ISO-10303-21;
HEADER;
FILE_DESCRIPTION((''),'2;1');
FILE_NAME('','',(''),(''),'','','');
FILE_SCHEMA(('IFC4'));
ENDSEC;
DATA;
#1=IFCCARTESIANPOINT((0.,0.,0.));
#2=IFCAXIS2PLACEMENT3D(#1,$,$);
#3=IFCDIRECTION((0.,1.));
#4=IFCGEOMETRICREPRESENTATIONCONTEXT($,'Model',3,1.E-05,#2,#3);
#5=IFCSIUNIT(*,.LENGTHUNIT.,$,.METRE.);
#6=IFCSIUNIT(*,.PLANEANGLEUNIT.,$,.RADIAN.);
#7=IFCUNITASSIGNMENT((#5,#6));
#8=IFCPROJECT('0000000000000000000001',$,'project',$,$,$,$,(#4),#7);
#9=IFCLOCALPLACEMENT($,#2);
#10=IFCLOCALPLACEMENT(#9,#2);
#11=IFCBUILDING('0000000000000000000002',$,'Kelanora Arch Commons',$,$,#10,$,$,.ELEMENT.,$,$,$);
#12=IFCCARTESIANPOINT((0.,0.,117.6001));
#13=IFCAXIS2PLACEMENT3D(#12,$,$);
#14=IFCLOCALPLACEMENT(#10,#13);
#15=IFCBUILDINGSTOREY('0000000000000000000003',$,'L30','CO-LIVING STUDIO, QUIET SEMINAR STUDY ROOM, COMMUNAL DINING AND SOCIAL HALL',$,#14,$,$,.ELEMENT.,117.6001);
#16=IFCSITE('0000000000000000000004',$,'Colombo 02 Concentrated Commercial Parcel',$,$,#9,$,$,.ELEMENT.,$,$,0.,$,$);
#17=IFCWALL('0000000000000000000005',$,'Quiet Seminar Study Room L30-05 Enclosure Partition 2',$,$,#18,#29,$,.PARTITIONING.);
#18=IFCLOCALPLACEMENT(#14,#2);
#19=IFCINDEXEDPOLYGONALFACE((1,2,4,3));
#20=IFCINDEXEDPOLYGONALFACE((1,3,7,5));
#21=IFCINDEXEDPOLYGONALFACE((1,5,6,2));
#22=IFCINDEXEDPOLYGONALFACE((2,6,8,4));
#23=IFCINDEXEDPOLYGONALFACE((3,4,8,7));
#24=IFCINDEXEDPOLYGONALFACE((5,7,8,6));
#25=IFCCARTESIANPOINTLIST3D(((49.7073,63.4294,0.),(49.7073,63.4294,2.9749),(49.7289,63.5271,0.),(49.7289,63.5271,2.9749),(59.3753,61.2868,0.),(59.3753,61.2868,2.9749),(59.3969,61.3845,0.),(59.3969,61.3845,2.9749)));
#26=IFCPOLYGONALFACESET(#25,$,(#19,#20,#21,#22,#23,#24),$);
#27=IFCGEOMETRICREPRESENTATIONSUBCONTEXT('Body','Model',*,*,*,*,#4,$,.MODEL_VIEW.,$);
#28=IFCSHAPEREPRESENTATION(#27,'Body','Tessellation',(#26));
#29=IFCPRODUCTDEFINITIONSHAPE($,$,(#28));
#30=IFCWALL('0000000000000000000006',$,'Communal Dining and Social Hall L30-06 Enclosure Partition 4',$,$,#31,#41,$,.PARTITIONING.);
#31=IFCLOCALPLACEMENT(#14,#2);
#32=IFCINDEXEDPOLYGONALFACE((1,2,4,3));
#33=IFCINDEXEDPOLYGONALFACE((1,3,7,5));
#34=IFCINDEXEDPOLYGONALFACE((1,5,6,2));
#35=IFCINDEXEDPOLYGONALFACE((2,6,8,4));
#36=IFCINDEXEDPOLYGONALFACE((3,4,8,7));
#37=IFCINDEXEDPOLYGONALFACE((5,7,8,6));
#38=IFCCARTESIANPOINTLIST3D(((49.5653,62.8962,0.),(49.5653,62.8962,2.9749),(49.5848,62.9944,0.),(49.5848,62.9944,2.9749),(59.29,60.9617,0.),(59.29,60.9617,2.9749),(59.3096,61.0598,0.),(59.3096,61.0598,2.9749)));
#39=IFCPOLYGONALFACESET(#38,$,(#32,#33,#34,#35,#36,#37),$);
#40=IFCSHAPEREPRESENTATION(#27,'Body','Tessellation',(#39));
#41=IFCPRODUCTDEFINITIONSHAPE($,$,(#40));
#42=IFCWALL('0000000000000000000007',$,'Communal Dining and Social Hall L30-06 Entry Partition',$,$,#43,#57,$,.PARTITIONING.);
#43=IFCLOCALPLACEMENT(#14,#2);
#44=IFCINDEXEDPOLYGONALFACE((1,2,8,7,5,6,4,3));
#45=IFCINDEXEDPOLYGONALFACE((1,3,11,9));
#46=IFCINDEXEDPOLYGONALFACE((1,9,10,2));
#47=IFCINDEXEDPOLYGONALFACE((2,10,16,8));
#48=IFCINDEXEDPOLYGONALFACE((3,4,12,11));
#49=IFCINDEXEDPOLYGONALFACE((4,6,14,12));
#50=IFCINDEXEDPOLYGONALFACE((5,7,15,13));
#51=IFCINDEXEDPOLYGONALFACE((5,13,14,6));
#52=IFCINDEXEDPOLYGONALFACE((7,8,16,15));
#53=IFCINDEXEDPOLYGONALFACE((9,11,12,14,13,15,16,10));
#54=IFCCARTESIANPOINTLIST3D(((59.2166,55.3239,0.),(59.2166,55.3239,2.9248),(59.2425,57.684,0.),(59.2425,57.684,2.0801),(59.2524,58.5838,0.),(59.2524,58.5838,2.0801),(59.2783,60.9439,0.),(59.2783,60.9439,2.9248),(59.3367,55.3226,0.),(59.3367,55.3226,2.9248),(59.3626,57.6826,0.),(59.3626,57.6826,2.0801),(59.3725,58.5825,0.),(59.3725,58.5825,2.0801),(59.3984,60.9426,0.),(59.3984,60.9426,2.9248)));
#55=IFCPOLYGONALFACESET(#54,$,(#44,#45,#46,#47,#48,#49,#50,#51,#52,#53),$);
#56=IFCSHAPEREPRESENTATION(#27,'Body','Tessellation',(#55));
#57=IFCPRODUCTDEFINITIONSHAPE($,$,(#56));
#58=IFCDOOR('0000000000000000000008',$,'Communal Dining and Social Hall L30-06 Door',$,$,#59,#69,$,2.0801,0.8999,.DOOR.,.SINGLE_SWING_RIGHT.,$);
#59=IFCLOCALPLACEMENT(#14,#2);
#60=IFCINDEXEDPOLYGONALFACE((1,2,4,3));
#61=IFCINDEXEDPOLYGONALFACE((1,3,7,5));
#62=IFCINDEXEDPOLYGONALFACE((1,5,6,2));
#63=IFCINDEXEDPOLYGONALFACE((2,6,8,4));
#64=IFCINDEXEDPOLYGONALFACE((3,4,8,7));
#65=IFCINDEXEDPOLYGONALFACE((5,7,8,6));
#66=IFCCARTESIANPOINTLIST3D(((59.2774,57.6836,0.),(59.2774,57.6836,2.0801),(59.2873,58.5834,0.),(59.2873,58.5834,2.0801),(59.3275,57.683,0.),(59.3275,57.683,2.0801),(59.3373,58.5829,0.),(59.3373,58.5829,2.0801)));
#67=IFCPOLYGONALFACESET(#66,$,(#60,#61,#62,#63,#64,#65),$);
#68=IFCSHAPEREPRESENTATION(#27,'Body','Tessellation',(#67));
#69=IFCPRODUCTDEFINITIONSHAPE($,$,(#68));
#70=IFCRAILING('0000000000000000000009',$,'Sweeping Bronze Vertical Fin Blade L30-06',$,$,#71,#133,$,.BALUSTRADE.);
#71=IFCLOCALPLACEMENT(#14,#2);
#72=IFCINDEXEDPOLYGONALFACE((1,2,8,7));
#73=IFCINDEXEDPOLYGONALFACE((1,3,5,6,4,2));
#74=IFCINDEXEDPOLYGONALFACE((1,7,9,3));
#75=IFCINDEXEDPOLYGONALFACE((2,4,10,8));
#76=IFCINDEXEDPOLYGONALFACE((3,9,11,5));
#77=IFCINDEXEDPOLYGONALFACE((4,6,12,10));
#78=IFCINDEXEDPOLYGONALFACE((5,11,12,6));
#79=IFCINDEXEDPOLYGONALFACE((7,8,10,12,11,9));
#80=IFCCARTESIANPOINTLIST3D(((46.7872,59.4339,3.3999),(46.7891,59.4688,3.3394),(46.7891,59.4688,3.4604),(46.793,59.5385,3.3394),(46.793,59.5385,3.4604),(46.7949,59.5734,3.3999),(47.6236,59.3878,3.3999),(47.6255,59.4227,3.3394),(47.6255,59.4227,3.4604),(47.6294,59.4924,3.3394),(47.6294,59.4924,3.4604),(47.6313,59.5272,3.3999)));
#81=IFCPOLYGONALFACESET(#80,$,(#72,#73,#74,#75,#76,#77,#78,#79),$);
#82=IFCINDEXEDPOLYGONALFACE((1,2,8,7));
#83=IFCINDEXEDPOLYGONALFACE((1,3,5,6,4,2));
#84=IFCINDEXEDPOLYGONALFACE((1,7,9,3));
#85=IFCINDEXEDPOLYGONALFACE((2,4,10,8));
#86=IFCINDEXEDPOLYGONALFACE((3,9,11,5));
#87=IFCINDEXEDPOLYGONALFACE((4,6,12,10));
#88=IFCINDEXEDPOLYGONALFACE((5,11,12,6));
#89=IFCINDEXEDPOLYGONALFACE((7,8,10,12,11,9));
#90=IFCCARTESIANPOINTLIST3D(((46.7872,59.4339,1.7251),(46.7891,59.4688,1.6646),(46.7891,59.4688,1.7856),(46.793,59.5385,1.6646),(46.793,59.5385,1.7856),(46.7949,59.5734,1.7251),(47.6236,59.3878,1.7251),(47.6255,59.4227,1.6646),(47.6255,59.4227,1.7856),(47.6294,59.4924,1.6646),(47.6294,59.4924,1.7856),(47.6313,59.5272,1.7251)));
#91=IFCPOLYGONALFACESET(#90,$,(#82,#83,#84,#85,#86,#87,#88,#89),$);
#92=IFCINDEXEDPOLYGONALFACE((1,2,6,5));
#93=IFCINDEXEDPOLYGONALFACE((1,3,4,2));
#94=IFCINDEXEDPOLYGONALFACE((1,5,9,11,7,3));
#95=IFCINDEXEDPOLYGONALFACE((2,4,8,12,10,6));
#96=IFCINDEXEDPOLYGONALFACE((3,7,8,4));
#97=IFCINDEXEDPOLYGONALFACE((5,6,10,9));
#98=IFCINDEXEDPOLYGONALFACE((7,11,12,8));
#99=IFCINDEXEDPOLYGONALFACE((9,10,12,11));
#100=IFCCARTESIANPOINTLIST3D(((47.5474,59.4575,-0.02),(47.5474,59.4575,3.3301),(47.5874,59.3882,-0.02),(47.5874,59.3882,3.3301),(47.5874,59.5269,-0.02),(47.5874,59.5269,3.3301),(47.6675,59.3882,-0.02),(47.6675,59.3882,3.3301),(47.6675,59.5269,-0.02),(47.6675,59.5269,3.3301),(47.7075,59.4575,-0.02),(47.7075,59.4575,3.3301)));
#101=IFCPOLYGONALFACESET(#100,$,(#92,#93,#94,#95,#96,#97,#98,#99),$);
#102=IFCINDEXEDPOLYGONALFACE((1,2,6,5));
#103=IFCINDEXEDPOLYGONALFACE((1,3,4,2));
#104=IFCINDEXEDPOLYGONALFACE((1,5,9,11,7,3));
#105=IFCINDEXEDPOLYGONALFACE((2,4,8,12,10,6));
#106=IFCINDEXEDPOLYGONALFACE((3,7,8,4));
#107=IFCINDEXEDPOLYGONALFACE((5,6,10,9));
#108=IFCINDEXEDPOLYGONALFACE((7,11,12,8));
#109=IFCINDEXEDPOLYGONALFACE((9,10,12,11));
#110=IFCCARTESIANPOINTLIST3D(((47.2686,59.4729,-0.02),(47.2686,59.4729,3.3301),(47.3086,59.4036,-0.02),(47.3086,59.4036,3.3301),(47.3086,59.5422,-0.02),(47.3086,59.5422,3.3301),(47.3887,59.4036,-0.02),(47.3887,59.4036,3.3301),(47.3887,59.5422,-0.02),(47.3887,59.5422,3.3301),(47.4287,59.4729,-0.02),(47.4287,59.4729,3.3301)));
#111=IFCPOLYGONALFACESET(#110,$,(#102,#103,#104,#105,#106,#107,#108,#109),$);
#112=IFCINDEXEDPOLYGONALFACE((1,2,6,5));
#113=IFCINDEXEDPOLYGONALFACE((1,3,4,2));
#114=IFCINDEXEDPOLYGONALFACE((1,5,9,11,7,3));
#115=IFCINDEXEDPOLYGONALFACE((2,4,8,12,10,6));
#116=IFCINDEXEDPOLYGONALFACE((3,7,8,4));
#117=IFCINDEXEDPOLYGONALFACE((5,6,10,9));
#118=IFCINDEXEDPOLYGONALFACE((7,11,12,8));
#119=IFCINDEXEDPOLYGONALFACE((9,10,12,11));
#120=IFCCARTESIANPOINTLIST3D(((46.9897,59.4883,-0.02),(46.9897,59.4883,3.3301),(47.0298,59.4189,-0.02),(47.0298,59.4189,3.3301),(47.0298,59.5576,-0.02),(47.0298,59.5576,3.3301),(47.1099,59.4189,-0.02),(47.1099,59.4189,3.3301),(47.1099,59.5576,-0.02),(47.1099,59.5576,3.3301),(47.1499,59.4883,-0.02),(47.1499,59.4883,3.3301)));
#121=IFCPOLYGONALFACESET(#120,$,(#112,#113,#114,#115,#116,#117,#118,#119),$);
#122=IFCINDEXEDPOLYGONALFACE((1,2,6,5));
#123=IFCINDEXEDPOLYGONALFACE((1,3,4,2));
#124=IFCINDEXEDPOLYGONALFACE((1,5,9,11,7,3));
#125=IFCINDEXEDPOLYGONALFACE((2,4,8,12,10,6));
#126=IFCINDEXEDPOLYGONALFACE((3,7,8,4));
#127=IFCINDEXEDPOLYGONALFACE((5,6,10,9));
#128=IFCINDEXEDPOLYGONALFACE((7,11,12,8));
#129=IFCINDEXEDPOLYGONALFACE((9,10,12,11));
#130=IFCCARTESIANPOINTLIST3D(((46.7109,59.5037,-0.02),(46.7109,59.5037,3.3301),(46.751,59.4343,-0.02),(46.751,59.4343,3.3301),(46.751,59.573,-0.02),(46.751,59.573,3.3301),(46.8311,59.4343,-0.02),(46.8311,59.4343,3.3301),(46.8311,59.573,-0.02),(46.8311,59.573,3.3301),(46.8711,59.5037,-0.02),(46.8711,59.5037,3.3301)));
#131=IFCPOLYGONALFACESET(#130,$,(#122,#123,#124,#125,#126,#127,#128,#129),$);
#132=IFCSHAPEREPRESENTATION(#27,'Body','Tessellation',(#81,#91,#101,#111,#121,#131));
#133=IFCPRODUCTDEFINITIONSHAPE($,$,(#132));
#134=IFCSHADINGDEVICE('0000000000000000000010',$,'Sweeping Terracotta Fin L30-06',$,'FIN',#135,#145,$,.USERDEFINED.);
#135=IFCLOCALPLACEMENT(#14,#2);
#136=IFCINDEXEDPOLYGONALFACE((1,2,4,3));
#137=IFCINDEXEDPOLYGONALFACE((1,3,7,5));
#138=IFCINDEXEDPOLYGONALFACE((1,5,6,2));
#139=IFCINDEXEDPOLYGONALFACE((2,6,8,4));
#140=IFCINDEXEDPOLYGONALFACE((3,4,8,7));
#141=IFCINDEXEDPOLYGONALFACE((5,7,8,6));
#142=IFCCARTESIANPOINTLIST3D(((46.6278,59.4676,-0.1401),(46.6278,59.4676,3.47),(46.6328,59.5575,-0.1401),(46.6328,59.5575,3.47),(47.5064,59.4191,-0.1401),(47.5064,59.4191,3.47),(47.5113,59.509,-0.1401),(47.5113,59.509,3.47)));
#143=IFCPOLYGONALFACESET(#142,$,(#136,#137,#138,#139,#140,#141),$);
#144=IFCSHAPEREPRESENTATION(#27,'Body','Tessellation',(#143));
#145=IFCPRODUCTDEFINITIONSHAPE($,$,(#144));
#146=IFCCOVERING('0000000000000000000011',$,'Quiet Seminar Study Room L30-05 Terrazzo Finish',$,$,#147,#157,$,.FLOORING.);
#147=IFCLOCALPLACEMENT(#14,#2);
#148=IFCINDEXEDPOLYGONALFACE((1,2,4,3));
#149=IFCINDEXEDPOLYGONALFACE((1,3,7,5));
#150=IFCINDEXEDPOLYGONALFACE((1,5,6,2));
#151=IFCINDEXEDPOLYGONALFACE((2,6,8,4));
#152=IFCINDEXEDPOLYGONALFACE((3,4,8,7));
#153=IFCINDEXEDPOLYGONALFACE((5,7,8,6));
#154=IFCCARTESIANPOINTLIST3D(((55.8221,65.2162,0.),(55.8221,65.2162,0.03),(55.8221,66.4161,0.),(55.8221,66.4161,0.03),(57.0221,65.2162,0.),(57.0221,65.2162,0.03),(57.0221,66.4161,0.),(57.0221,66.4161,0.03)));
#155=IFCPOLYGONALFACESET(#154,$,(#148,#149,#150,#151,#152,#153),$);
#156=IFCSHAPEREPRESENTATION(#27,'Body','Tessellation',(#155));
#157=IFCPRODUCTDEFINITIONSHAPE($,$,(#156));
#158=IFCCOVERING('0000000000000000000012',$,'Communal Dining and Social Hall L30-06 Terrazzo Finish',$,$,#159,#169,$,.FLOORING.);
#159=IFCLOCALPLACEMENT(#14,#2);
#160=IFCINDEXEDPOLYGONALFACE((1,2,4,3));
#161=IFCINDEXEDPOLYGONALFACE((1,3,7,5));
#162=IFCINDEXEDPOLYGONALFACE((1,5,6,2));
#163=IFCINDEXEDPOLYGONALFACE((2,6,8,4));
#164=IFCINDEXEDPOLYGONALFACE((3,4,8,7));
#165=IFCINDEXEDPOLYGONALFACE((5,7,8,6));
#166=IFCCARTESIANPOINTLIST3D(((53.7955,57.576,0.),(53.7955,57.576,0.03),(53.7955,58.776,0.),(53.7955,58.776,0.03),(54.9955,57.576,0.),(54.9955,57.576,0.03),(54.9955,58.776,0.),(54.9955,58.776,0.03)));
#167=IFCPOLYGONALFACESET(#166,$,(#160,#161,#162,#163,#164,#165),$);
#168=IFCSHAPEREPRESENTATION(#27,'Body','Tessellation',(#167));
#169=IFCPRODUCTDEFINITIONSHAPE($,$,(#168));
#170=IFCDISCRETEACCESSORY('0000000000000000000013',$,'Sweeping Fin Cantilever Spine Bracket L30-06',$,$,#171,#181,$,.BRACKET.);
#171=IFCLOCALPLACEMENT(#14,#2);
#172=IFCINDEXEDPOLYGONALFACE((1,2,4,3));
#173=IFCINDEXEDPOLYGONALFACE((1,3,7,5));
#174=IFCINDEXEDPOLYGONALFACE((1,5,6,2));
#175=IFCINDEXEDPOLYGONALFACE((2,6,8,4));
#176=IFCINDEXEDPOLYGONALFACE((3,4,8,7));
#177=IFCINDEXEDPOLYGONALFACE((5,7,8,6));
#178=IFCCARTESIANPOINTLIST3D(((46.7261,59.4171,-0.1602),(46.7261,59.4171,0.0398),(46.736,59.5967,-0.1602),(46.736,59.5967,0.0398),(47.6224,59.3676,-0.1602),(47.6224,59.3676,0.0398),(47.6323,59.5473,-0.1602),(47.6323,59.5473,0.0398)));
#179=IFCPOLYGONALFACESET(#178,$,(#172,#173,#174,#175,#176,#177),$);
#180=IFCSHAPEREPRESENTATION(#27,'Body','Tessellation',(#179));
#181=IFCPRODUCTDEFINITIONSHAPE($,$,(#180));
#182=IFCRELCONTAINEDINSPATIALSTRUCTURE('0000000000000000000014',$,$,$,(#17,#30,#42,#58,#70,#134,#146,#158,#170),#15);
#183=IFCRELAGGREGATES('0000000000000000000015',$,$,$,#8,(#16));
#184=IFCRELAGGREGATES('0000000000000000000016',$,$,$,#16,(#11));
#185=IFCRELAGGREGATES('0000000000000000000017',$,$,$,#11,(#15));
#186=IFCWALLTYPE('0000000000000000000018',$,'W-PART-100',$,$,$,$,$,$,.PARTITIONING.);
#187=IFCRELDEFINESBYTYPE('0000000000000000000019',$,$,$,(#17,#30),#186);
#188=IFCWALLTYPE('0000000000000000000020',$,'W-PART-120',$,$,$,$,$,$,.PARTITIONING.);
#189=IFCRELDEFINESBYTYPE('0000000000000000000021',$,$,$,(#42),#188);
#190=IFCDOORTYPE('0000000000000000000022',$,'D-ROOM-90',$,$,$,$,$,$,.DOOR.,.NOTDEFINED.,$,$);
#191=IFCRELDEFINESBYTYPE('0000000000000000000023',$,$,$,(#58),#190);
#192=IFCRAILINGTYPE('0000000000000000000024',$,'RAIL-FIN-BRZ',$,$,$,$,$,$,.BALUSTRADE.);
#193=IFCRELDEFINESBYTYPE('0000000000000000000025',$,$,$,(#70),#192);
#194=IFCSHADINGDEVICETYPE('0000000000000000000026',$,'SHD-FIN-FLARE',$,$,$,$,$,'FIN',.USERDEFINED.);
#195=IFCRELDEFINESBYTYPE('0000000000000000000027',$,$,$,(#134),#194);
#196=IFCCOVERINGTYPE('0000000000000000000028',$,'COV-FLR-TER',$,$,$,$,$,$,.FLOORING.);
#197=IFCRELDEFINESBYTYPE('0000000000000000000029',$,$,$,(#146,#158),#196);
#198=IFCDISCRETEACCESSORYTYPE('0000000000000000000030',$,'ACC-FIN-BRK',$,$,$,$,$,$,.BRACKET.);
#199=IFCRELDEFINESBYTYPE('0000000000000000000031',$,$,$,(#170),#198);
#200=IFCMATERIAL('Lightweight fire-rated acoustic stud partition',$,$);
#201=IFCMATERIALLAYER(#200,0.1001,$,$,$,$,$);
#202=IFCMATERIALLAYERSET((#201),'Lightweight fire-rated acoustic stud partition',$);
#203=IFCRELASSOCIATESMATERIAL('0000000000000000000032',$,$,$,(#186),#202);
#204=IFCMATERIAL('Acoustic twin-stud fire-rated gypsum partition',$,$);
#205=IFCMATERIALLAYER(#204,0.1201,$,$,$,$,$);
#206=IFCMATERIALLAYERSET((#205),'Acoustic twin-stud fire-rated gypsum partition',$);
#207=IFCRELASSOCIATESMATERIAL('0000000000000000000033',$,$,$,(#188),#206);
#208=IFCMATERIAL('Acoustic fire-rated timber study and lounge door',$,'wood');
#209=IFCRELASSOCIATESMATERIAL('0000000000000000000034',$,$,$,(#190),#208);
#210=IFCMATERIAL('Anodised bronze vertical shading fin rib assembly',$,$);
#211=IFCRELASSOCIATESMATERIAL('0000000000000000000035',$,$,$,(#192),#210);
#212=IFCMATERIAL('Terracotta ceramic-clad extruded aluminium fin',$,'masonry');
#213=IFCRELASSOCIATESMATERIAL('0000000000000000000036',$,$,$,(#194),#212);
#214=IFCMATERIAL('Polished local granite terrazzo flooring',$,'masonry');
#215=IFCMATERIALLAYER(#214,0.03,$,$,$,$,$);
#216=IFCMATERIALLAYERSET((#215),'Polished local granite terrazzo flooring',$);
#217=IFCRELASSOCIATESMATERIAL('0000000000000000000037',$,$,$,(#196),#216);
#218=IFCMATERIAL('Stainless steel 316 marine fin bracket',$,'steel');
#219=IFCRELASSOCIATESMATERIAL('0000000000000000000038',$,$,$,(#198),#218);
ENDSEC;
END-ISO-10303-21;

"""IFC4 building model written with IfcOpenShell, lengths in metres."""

from ifc_helpers import new_model, si_unit, direction, frame, frame_2d, origin, origin_2d, place, context, subcontext, project, spatial, polyline, rectangle, outline, extrude, source, transform, mapped, material, layer, layer_set, type_object, element, fill, save


model = new_model("IFC4")

# Units and contexts
model_context = context("Model", 3, precision=1e-05, world=origin(), true_north=direction((0.0, 1.0)))
body_context = subcontext(model_context, "Body", "Model", "MODEL_VIEW")
ifc_project = project(units=[si_unit("LENGTHUNIT", "METRE"), si_unit("PLANEANGLEUNIT", "RADIAN")], contexts=[model_context])

# Site, building, storey
site_placement = place(None, origin())
site = spatial("IfcSite", under=ifc_project, at=site_placement, Name="Colombo 02 Concentrated Commercial Parcel", CompositionType="ELEMENT", RefElevation=0.0)
building_placement = place(site_placement, origin())
building = spatial("IfcBuilding", under=site, at=building_placement, Name="Kelanora Arch Commons", CompositionType="ELEMENT")
storey_placement = place(building_placement, frame((0.0, 0.0, 117.6001)))
storey = spatial("IfcBuildingStorey", under=building, at=storey_placement, Name="L30", Description="CO-LIVING STUDIO, QUIET SEMINAR STUDY ROOM, COMMUNAL DINING AND SOCIAL HALL", CompositionType="ELEMENT", Elevation=117.6001)

# Walls
ifc_material_1 = material(Name="Lightweight fire-rated acoustic stud partition")
ifc_layer_1 = layer(ifc_material_1, 0.1001)
ifc_layer_set_1 = layer_set([ifc_layer_1], Name="Lightweight fire-rated acoustic stud partition")
wall_type_1 = type_object("IfcWallType", Name="W-PART-100", PredefinedType="PARTITIONING", material=ifc_layer_set_1)
wall_1_placement = place(storey_placement, frame((59.386, 61.3357, 0.0), z_axis=(0.0, 0.0, 1.0), x_axis=(-0.976312, 0.216367, 0.0)))
element("IfcWall", 1, at=wall_1_placement, inside=storey, type_object=wall_type_1, Name="Quiet Seminar Study Room L30-05 Enclosure Partition 2", PredefinedType="PARTITIONING", context=body_context, shape_type="SweptSolid", body=[
    extrude(rectangle(XDim=9.9026, YDim=0.1001, at=frame_2d((4.9512, 0.0))), origin(), (0.0, 0.0, 1.0), 2.9749),
])
wall_2_placement = place(storey_placement, frame((49.5752, 62.9453, 0.0), z_axis=(0.0, 0.0, 1.0), x_axis=(0.980781, -0.195112, 0.0)))
element("IfcWall", 2, at=wall_2_placement, inside=storey, type_object=wall_type_1, Name="Communal Dining and Social Hall L30-06 Enclosure Partition 4", PredefinedType="PARTITIONING", context=body_context, shape_type="SweptSolid", body=[
    extrude(rectangle(XDim=9.9153, YDim=0.1001, at=frame_2d((4.9575, 0.0))), origin(), (0.0, 0.0, 1.0), 2.9749),
])

# Wall, opening, door
ifc_material_2 = material(Name="Acoustic twin-stud fire-rated gypsum partition")
ifc_layer_2 = layer(ifc_material_2, 0.1201)
ifc_layer_set_2 = layer_set([ifc_layer_2], Name="Acoustic twin-stud fire-rated gypsum partition")
wall_type_2 = type_object("IfcWallType", Name="W-PART-120", PredefinedType="PARTITIONING", material=ifc_layer_set_2)
wall_3_placement = place(storey_placement, frame((59.3384, 60.9431, 0.0), z_axis=(0.0, 0.0, 1.0), x_axis=(-0.01099, -0.99994, 0.0)))
wall_3 = element("IfcWall", 3, at=wall_3_placement, inside=storey, type_object=wall_type_2, Name="Communal Dining and Social Hall L30-06 Entry Partition", PredefinedType="PARTITIONING", context=body_context, shape_type="SweptSolid", body=[
    extrude(rectangle(XDim=5.6204, YDim=0.1201, at=frame_2d((2.8101, 0.0))), origin(), (0.0, 0.0, 1.0), 2.9248),
])
opening_placement = place(wall_3_placement, frame((2.3601, 0.0, 0.0)))
opening = element("IfcOpeningElement", 4, at=opening_placement, cuts=wall_3, PredefinedType="OPENING", context=body_context, shape_type="SweptSolid", body=[
    extrude(rectangle(XDim=0.8999, YDim=2.0801, at=frame_2d((0.45, 1.04))), frame((0.0, 0.0701, 0.0), z_axis=(0.0, -1.0, 0.0), x_axis=(1.0, 0.0, 0.0)), (0.0, 0.0, 1.0), 0.1401),
])
ifc_material_3 = material(Name="Acoustic fire-rated timber study and lounge door", Category="wood")
door_type = type_object("IfcDoorType", Name="D-ROOM-90", OperationType="NOTDEFINED", PredefinedType="DOOR", material=ifc_material_3)
door_placement = place(opening_placement, origin())
door = element("IfcDoor", 5, at=door_placement, inside=storey, type_object=door_type, Name="Communal Dining and Social Hall L30-06 Door", OperationType="SINGLE_SWING_RIGHT", OverallHeight=2.0801, OverallWidth=0.8999, PredefinedType="DOOR", context=body_context, shape_type="SweptSolid", body=[
    extrude(rectangle(XDim=0.8999, YDim=2.0801, at=frame_2d((0.45, 1.04))), frame((0.0, 0.0249, 0.0), z_axis=(0.0, -1.0, 0.0), x_axis=(1.0, 0.0, 0.0)), (0.0, 0.0, 1.0), 0.05),
])
fill(opening, door)

# Railing
ifc_material_4 = material(Name="Anodised bronze vertical shading fin rib assembly")
railing_type = type_object("IfcRailingType", Name="RAIL-FIN-BRZ", PredefinedType="BALUSTRADE", material=ifc_material_4)
railing_placement = place(storey_placement, frame((47.6274, 59.4575, -0.02)))
element("IfcRailing", 6, at=railing_placement, inside=storey, type_object=railing_type, Name="Sweeping Bronze Vertical Fin Blade L30-06", PredefinedType="BALUSTRADE", context=body_context, shape_type="SweptSolid", body=[
    extrude(outline(polyline([(0.0698, 0.0), (0.0349, 0.0605), (-0.0349, 0.0605), (-0.0698, 0.0), (-0.0349, -0.0605), (0.0349, -0.0605), (0.0698, 0.0)])), frame((0.0, 0.0, 3.4199), z_axis=(-0.998482, 0.055083, 0.0), x_axis=(-0.055083, -0.998482, 0.0)), (0.0, 0.0, 1.0), 0.8376),
    extrude(outline(polyline([(0.0698, 0.0), (0.0349, 0.0605), (-0.0349, 0.0605), (-0.0698, 0.0), (-0.0349, -0.0605), (0.0349, -0.0605), (0.0698, 0.0)])), frame((0.0, 0.0, 1.7451), z_axis=(-0.998482, 0.055083, 0.0), x_axis=(-0.055083, -0.998482, 0.0)), (0.0, 0.0, 1.0), 0.8376),
    extrude(outline(polyline([(0.0801, 0.0), (0.04, 0.0693), (-0.04, 0.0693), (-0.0801, 0.0), (-0.04, -0.0693), (0.04, -0.0693), (0.0801, 0.0)])), origin(), (0.0, 0.0, 1.0), 3.3501),
    extrude(outline(polyline([(0.0801, 0.0), (0.04, 0.0693), (-0.04, 0.0693), (-0.0801, 0.0), (-0.04, -0.0693), (0.04, -0.0693), (0.0801, 0.0)])), frame((-0.2788, 0.0154, 0.0)), (0.0, 0.0, 1.0), 3.3501),
    extrude(outline(polyline([(0.0801, 0.0), (0.04, 0.0693), (-0.04, 0.0693), (-0.0801, 0.0), (-0.04, -0.0693), (0.04, -0.0693), (0.0801, 0.0)])), frame((-0.5576, 0.0308, 0.0)), (0.0, 0.0, 1.0), 3.3501),
    extrude(outline(polyline([(0.0801, 0.0), (0.04, 0.0693), (-0.04, 0.0693), (-0.0801, 0.0), (-0.04, -0.0693), (0.04, -0.0693), (0.0801, 0.0)])), frame((-0.8364, 0.0461, 0.0)), (0.0, 0.0, 1.0), 3.3501),
])

# Shading device
ifc_material_5 = material(Name="Terracotta ceramic-clad extruded aluminium fin", Category="masonry")
shading_device_type = type_object("IfcShadingDeviceType", Name="SHD-FIN-FLARE", ElementType="FIN", PredefinedType="USERDEFINED", material=ifc_material_5)
shared_shape_1 = source(origin(), body_context, "Body", "SweptSolid", [
    extrude(rectangle(XDim=0.8799, YDim=0.0901, at=origin_2d()), origin(), (0.0, 0.0, 1.0), 3.6101),
])
shading_device_placement = place(storey_placement, frame((47.0696, 59.4883, -0.1401), z_axis=(0.0, 0.0, 1.0), x_axis=(-0.998479, 0.055124, 0.0)))
element("IfcShadingDevice", 7, at=shading_device_placement, inside=storey, type_object=shading_device_type, Name="Sweeping Terracotta Fin L30-06", ObjectType="FIN", PredefinedType="USERDEFINED", context=body_context, shape_type="MappedRepresentation", body=[
    mapped(shared_shape_1, transform((0.0, 0.0, 0.0), scale=1.0)),
])

# Coverings
ifc_material_6 = material(Name="Polished local granite terrazzo flooring", Category="masonry")
ifc_layer_3 = layer(ifc_material_6, 0.03)
ifc_layer_set_3 = layer_set([ifc_layer_3], Name="Polished local granite terrazzo flooring")
covering_type = type_object("IfcCoveringType", Name="COV-FLR-TER", PredefinedType="FLOORING", material=ifc_layer_set_3)
shared_shape_2 = source(origin(), body_context, "Body", "SweptSolid", [
    extrude(rectangle(XDim=1.2, YDim=1.2, at=origin_2d()), origin(), (0.0, 0.0, 1.0), 0.03),
])
for number, where, z_axis, x_axis, name in (
    (8, (56.4221, 65.8162, 0.0), (0.0, 0.0, 1.0), (1.0, 0.0, 0.0), "Quiet Seminar Study Room L30-05 Terrazzo Finish"),
    (9, (54.3955, 58.176, 0.0), (0.0, 0.0, 1.0), (1.0, 0.0, 0.0), "Communal Dining and Social Hall L30-06 Terrazzo Finish"),
):
    element("IfcCovering", number, at=place(storey_placement, frame(where, z_axis=z_axis, x_axis=x_axis)), inside=storey, type_object=covering_type, Name=name, PredefinedType="FLOORING", context=body_context, shape_type="MappedRepresentation", body=[
        mapped(shared_shape_2, transform((0.0, 0.0, 0.0), scale=1.0)),
    ])

# Discrete accessory
ifc_material_7 = material(Name="Stainless steel 316 marine fin bracket", Category="steel")
discrete_accessory_type = type_object("IfcDiscreteAccessoryType", Name="ACC-FIN-BRK", PredefinedType="BRACKET", material=ifc_material_7)
shared_shape_3 = source(origin(), body_context, "Body", "SweptSolid", [
    extrude(rectangle(XDim=0.8977, YDim=0.1799, at=origin_2d()), origin(), (0.0, 0.0, 1.0), 0.2),
])
discrete_accessory_placement = place(storey_placement, frame((47.1792, 59.4822, -0.1602), z_axis=(0.0, 0.0, 1.0), x_axis=(-0.998479, 0.055124, 0.0)))
element("IfcDiscreteAccessory", 10, at=discrete_accessory_placement, inside=storey, type_object=discrete_accessory_type, Name="Sweeping Fin Cantilever Spine Bracket L30-06", PredefinedType="BRACKET", context=body_context, shape_type="MappedRepresentation", body=[
    mapped(shared_shape_3, transform((0.0, 0.0, 0.0), scale=1.0)),
])

save(model, "model.ifc")
